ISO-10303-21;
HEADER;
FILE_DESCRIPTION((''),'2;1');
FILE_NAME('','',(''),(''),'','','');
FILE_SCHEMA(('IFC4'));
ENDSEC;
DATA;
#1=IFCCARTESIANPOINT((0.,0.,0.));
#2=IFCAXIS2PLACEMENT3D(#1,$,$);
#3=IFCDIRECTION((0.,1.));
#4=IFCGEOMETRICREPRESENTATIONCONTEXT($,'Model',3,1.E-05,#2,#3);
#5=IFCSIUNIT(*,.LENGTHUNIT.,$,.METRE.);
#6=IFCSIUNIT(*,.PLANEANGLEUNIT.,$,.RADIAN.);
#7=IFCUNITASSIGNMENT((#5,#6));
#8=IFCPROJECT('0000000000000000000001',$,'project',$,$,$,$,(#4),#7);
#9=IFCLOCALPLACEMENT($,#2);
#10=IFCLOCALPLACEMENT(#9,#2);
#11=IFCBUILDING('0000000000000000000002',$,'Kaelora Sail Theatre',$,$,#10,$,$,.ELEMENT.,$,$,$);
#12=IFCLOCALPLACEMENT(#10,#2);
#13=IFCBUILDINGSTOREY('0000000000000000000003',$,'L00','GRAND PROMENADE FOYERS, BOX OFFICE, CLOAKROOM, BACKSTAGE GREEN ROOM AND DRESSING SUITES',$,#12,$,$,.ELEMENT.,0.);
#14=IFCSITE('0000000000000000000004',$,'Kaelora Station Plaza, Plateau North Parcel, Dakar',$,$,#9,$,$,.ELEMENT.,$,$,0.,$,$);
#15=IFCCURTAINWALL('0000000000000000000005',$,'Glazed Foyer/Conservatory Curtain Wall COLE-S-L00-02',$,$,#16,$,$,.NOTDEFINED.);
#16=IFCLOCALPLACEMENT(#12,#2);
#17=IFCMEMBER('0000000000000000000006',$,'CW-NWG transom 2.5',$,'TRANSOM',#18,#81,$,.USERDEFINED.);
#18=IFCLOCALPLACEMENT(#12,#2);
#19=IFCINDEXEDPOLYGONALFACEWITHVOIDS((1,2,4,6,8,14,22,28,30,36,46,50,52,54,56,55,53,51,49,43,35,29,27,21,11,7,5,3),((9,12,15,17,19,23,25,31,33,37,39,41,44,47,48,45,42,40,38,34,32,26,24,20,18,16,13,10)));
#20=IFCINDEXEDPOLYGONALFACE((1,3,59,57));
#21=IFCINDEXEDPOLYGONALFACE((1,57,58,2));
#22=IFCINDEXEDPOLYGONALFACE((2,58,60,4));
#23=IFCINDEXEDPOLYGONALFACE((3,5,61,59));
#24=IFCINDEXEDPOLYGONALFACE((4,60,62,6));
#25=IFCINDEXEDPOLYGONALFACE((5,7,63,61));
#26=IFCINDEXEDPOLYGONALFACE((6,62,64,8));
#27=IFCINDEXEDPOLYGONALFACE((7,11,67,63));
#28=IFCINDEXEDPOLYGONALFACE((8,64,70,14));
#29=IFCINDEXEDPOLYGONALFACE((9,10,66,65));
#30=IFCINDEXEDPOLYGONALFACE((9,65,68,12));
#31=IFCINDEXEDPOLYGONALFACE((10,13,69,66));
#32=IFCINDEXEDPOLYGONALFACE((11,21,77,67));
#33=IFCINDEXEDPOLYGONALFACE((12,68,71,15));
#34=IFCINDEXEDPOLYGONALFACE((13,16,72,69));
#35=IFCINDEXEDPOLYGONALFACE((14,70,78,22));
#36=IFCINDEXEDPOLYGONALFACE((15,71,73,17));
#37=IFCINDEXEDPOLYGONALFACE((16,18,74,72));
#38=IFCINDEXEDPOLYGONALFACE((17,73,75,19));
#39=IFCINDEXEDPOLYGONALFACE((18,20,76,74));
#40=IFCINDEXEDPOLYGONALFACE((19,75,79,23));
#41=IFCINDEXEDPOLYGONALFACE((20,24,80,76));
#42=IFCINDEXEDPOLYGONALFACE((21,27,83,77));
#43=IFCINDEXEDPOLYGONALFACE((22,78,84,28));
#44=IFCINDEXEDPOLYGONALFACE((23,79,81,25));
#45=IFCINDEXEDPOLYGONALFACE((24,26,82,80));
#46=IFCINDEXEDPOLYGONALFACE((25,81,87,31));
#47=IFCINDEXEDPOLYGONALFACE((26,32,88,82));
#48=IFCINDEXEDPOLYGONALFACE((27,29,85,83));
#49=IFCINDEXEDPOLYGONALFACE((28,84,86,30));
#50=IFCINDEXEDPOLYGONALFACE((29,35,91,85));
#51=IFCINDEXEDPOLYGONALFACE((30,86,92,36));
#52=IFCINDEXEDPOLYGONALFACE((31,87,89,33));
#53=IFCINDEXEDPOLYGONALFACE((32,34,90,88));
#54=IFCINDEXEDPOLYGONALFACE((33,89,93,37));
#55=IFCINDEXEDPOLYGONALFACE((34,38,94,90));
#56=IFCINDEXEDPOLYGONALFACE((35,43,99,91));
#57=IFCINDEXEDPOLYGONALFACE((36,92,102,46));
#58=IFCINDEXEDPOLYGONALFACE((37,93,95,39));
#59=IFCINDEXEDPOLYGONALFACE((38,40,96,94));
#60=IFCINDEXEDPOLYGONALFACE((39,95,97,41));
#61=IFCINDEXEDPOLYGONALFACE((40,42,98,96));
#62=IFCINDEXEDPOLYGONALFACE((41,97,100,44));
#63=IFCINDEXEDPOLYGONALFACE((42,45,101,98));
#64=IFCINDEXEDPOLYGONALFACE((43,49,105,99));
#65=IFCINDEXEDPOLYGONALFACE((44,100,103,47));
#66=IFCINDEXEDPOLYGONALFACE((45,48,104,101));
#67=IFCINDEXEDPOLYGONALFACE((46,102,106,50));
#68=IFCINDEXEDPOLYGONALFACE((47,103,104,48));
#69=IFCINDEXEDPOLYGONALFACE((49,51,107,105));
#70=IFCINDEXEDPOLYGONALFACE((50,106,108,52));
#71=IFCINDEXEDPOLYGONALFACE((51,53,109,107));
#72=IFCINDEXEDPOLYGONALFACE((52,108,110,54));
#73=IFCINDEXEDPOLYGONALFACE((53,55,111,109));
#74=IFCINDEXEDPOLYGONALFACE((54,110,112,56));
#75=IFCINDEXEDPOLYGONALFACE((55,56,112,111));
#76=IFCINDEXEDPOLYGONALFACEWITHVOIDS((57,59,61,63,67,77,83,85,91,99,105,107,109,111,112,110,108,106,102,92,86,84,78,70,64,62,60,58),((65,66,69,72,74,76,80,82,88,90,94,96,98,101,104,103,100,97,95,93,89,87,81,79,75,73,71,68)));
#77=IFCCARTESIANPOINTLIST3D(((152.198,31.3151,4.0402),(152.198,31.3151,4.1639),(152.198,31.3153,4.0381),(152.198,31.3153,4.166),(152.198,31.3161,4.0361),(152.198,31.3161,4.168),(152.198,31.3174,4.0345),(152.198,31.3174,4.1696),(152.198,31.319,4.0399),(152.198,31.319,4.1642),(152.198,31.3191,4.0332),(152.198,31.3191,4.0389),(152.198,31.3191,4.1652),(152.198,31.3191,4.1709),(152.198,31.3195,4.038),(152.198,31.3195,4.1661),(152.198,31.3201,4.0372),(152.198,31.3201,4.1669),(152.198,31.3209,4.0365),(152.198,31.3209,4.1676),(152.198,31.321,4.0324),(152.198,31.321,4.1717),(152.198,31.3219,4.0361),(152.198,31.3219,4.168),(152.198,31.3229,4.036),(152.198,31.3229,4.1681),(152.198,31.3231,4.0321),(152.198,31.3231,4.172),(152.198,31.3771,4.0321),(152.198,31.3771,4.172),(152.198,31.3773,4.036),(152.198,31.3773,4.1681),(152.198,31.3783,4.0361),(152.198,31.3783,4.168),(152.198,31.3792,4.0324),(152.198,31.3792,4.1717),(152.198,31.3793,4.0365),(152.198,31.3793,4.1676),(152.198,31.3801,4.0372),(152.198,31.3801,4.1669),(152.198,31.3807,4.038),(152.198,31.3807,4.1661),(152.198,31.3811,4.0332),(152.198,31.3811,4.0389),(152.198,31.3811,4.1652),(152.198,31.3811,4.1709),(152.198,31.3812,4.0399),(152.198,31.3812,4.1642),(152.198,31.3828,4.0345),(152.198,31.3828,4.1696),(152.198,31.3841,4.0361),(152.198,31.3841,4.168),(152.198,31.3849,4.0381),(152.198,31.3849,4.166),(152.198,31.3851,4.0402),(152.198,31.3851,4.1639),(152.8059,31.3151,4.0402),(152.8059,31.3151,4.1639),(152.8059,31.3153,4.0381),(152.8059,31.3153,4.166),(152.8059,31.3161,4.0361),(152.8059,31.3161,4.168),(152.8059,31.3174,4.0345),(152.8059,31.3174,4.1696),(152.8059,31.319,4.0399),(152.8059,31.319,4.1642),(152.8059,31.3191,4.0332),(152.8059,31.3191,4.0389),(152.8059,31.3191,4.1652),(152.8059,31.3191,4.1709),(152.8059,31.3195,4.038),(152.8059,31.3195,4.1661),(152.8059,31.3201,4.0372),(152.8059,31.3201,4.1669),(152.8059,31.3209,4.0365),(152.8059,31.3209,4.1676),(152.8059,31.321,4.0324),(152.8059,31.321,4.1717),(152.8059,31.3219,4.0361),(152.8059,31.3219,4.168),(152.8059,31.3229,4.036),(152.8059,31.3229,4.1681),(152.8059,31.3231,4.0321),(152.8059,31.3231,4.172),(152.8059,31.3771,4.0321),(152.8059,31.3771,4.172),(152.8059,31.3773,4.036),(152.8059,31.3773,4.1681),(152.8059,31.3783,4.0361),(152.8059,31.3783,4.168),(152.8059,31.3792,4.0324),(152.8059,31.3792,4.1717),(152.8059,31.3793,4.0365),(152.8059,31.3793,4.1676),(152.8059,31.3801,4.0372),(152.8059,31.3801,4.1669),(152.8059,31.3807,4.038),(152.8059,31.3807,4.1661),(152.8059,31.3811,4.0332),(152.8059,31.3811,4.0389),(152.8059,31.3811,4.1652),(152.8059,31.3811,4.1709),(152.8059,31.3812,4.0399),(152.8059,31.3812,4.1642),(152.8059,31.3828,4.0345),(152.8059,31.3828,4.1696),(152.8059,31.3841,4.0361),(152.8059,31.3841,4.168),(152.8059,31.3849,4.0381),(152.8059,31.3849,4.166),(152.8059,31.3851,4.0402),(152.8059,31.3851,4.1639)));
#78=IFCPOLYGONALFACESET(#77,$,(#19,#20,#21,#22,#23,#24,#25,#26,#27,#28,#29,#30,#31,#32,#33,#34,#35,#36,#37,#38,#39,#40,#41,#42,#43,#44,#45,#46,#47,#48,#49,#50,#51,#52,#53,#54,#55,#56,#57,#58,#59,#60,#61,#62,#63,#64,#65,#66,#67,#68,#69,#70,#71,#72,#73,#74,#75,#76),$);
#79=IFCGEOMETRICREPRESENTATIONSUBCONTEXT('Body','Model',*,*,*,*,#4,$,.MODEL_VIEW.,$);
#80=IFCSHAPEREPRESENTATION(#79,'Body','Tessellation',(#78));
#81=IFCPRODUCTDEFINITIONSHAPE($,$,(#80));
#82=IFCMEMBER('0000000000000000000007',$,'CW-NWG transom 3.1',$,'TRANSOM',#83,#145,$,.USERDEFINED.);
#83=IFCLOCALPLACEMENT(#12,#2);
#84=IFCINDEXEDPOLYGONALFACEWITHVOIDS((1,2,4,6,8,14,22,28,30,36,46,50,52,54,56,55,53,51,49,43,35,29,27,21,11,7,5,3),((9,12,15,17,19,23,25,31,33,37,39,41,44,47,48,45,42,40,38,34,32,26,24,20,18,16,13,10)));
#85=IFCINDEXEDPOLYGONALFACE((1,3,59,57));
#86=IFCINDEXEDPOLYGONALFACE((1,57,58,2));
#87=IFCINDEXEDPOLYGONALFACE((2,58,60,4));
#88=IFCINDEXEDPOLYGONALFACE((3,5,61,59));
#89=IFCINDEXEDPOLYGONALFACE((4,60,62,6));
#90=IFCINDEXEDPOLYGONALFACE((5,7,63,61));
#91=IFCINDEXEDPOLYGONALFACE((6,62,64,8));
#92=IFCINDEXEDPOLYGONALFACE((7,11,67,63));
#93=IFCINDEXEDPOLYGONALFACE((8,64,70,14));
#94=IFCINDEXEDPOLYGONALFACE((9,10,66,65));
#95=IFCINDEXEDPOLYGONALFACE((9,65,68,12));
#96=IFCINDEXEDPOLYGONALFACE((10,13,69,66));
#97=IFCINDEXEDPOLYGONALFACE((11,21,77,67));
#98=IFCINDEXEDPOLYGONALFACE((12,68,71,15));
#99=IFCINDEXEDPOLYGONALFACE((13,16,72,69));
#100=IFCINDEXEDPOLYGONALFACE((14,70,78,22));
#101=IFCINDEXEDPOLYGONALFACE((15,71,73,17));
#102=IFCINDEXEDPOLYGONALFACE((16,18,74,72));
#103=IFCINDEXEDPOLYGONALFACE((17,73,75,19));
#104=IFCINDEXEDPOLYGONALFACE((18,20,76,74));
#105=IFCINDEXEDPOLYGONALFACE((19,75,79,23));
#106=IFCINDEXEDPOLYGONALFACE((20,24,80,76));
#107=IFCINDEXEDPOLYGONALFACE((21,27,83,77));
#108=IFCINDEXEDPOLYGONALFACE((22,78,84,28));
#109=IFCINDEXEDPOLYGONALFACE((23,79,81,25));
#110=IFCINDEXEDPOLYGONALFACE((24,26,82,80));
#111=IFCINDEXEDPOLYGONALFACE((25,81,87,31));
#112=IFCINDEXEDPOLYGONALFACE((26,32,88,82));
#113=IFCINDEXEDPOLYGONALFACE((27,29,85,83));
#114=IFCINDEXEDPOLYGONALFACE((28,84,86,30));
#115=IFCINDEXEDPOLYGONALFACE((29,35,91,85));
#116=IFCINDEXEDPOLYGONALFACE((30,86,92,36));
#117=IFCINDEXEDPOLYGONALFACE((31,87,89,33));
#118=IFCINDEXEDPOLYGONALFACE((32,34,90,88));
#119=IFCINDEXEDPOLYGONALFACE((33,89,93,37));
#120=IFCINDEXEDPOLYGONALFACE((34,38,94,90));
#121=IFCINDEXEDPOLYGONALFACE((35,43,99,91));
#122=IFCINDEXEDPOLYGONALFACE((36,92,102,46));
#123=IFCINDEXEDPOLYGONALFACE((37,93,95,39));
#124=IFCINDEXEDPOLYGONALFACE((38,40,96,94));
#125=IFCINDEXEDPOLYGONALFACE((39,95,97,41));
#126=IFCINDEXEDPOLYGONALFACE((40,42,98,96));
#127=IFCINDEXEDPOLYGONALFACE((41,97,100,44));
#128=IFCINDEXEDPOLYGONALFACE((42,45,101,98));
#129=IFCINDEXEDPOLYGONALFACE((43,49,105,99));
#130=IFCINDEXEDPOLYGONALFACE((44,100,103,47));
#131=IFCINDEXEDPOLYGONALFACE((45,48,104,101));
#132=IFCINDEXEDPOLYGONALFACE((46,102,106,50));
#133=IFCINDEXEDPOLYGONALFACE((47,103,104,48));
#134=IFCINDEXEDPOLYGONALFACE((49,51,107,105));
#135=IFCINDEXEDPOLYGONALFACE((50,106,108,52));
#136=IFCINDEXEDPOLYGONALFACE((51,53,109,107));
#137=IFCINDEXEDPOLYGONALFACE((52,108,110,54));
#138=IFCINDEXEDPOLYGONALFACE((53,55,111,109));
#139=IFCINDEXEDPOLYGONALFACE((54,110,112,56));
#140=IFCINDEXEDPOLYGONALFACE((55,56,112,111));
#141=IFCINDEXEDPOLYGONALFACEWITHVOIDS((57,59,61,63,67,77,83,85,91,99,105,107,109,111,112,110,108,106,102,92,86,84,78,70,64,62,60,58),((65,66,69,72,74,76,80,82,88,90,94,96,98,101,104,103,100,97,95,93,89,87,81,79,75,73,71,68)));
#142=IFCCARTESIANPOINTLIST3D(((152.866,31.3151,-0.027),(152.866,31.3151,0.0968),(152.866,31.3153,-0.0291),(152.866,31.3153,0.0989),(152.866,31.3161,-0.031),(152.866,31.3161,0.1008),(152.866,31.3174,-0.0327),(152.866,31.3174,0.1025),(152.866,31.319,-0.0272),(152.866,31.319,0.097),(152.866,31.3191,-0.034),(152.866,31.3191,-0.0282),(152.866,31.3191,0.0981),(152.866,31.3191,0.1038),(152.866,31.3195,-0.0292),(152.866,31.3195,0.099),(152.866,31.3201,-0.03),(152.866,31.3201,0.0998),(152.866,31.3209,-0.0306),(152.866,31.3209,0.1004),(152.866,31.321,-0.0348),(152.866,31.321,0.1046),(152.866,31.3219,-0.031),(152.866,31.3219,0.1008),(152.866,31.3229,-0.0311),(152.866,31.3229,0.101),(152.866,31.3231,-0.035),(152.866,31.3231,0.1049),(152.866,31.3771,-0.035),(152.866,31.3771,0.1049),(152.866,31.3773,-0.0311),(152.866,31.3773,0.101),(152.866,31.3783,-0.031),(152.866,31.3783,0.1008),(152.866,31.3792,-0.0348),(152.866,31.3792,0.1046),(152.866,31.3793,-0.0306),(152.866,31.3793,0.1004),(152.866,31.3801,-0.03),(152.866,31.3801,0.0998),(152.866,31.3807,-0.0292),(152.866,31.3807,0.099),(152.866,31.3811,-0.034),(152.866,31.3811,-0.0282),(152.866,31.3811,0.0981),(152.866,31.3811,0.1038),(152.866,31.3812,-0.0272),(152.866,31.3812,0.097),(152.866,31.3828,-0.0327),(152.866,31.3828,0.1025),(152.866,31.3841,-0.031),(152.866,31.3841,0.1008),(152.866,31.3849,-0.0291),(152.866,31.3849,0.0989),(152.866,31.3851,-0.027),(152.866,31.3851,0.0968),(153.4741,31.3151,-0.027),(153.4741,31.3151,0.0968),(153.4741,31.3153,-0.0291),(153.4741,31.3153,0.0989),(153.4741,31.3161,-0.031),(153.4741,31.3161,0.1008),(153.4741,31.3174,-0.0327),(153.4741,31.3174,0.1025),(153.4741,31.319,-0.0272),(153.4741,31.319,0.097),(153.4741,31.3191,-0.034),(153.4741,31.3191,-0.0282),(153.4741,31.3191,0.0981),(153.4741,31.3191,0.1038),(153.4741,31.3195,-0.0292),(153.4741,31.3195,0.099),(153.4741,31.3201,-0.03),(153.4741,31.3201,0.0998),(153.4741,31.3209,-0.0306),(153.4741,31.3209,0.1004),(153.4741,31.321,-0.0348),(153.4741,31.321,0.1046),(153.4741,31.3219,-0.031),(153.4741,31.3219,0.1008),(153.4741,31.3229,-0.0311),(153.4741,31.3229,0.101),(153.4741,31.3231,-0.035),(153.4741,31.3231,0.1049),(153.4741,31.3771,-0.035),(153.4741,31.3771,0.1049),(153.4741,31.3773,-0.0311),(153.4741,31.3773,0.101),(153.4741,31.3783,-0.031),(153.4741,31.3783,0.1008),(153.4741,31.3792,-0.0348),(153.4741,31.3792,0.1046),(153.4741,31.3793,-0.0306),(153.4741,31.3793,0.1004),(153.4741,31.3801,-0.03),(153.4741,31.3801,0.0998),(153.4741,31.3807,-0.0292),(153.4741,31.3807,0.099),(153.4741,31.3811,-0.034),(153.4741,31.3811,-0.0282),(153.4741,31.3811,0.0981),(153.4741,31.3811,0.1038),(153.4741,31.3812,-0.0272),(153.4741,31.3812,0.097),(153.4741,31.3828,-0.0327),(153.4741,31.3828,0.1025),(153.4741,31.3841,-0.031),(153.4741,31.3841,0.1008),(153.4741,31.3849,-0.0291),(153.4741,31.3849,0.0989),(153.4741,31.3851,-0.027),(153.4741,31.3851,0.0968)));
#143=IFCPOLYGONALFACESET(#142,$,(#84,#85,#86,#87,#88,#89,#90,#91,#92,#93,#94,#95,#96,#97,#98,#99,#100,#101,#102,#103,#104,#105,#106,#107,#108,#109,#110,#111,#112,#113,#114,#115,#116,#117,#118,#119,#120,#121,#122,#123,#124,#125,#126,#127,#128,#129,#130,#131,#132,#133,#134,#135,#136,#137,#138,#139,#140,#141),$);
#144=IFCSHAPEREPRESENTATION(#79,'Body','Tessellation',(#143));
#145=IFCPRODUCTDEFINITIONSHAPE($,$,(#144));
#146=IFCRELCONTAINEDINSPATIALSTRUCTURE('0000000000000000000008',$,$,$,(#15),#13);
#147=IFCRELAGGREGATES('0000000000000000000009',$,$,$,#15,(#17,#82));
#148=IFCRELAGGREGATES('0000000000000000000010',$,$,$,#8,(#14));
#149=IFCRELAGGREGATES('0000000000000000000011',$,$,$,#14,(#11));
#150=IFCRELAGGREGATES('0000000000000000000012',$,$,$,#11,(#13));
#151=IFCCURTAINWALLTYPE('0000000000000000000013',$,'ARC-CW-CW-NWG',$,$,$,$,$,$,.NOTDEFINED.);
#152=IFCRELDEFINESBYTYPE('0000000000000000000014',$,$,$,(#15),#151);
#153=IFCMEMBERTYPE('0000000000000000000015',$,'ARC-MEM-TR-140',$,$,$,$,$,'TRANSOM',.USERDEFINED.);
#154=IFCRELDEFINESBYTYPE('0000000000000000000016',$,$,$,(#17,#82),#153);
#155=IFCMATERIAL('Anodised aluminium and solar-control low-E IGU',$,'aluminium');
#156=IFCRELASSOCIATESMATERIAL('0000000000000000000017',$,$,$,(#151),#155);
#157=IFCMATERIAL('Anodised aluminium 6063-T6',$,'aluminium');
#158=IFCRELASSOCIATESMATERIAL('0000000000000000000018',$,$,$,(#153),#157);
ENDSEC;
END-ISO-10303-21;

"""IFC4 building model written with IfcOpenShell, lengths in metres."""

from ifc_helpers import new_model, si_unit, direction, frame, origin, origin_2d, place, context, subcontext, project, spatial, hollow_rectangle, extrude, material, material_profile, profile_set, type_object, element, aggregate, save


model = new_model("IFC4")

# Units and contexts
model_context = context("Model", 3, precision=1e-05, world=origin(), true_north=direction((0.0, 1.0)))
body_context = subcontext(model_context, "Body", "Model", "MODEL_VIEW")
ifc_project = project(units=[si_unit("LENGTHUNIT", "METRE"), si_unit("PLANEANGLEUNIT", "RADIAN")], contexts=[model_context])

# Site, building, storey
site_placement = place(None, origin())
site = spatial("IfcSite", under=ifc_project, at=site_placement, Name="Kaelora Station Plaza, Plateau North Parcel, Dakar", CompositionType="ELEMENT", RefElevation=0.0)
building_placement = place(site_placement, origin())
building = spatial("IfcBuilding", under=site, at=building_placement, Name="Kaelora Sail Theatre", CompositionType="ELEMENT")
storey_placement = place(building_placement, origin())
storey = spatial("IfcBuildingStorey", under=building, at=storey_placement, Name="L00", Description="GRAND PROMENADE FOYERS, BOX OFFICE, CLOAKROOM, BACKSTAGE GREEN ROOM AND DRESSING SUITES", CompositionType="ELEMENT", Elevation=0.0)

# Curtain wall, members
ifc_material_1 = material(Name="Anodised aluminium and solar-control low-E IGU", Category="aluminium")
curtain_wall_type = type_object("IfcCurtainWallType", Name="ARC-CW-CW-NWG", PredefinedType="NOTDEFINED", material=ifc_material_1)
curtain_wall_placement = place(storey_placement, origin())
curtain_wall = element("IfcCurtainWall", 1, at=curtain_wall_placement, inside=storey, type_object=curtain_wall_type, Name="Glazed Foyer/Conservatory Curtain Wall COLE-S-L00-02", PredefinedType="NOTDEFINED")
ifc_material_2 = material(Name="Anodised aluminium 6063-T6", Category="aluminium")
ifc_material_profile_1 = material_profile(ifc_material_2, hollow_rectangle(XDim=0.0701, YDim=0.1399, WallThickness=0.0039, InnerFilletRadius=0.0039, OuterFilletRadius=0.0081, at=origin_2d()), Name="ALU-TRAN 70x140x4")
ifc_profile_set_1 = profile_set([ifc_material_profile_1], Name="Anodised aluminium 6063-T6")
member_type_1 = type_object("IfcMemberType", Name="ARC-MEM-TR-140", ElementType="TRANSOM", PredefinedType="USERDEFINED", material=ifc_profile_set_1)
member_1_placement = place(storey_placement, frame((152.198, 31.3501, 4.1021), z_axis=(1.0, 0.0, 0.0), x_axis=(0.0, 1.0, 0.0)))
member_1 = element("IfcMember", 2, at=member_1_placement, type_object=member_type_1, Name="CW-NWG transom 2.5", ObjectType="TRANSOM", PredefinedType="USERDEFINED", context=body_context, shape_type="SweptSolid", body=[
    extrude(hollow_rectangle(XDim=0.0701, YDim=0.1399, WallThickness=0.0039, InnerFilletRadius=0.0039, OuterFilletRadius=0.0081, at=origin_2d()), origin(), (0.0, 0.0, 1.0), 0.6079),
])
member_2_placement = place(storey_placement, frame((152.866, 31.3501, 0.0349), z_axis=(1.0, 0.0, 0.0), x_axis=(0.0, 1.0, 0.0)))
member_2 = element("IfcMember", 3, at=member_2_placement, type_object=member_type_1, Name="CW-NWG transom 3.1", ObjectType="TRANSOM", PredefinedType="USERDEFINED", context=body_context, shape_type="SweptSolid", body=[
    extrude(hollow_rectangle(XDim=0.0701, YDim=0.1399, WallThickness=0.0039, InnerFilletRadius=0.0039, OuterFilletRadius=0.0081, at=origin_2d()), origin(), (0.0, 0.0, 1.0), 0.6082),
])

aggregate(curtain_wall, [member_1, member_2])

save(model, "model.ifc")
